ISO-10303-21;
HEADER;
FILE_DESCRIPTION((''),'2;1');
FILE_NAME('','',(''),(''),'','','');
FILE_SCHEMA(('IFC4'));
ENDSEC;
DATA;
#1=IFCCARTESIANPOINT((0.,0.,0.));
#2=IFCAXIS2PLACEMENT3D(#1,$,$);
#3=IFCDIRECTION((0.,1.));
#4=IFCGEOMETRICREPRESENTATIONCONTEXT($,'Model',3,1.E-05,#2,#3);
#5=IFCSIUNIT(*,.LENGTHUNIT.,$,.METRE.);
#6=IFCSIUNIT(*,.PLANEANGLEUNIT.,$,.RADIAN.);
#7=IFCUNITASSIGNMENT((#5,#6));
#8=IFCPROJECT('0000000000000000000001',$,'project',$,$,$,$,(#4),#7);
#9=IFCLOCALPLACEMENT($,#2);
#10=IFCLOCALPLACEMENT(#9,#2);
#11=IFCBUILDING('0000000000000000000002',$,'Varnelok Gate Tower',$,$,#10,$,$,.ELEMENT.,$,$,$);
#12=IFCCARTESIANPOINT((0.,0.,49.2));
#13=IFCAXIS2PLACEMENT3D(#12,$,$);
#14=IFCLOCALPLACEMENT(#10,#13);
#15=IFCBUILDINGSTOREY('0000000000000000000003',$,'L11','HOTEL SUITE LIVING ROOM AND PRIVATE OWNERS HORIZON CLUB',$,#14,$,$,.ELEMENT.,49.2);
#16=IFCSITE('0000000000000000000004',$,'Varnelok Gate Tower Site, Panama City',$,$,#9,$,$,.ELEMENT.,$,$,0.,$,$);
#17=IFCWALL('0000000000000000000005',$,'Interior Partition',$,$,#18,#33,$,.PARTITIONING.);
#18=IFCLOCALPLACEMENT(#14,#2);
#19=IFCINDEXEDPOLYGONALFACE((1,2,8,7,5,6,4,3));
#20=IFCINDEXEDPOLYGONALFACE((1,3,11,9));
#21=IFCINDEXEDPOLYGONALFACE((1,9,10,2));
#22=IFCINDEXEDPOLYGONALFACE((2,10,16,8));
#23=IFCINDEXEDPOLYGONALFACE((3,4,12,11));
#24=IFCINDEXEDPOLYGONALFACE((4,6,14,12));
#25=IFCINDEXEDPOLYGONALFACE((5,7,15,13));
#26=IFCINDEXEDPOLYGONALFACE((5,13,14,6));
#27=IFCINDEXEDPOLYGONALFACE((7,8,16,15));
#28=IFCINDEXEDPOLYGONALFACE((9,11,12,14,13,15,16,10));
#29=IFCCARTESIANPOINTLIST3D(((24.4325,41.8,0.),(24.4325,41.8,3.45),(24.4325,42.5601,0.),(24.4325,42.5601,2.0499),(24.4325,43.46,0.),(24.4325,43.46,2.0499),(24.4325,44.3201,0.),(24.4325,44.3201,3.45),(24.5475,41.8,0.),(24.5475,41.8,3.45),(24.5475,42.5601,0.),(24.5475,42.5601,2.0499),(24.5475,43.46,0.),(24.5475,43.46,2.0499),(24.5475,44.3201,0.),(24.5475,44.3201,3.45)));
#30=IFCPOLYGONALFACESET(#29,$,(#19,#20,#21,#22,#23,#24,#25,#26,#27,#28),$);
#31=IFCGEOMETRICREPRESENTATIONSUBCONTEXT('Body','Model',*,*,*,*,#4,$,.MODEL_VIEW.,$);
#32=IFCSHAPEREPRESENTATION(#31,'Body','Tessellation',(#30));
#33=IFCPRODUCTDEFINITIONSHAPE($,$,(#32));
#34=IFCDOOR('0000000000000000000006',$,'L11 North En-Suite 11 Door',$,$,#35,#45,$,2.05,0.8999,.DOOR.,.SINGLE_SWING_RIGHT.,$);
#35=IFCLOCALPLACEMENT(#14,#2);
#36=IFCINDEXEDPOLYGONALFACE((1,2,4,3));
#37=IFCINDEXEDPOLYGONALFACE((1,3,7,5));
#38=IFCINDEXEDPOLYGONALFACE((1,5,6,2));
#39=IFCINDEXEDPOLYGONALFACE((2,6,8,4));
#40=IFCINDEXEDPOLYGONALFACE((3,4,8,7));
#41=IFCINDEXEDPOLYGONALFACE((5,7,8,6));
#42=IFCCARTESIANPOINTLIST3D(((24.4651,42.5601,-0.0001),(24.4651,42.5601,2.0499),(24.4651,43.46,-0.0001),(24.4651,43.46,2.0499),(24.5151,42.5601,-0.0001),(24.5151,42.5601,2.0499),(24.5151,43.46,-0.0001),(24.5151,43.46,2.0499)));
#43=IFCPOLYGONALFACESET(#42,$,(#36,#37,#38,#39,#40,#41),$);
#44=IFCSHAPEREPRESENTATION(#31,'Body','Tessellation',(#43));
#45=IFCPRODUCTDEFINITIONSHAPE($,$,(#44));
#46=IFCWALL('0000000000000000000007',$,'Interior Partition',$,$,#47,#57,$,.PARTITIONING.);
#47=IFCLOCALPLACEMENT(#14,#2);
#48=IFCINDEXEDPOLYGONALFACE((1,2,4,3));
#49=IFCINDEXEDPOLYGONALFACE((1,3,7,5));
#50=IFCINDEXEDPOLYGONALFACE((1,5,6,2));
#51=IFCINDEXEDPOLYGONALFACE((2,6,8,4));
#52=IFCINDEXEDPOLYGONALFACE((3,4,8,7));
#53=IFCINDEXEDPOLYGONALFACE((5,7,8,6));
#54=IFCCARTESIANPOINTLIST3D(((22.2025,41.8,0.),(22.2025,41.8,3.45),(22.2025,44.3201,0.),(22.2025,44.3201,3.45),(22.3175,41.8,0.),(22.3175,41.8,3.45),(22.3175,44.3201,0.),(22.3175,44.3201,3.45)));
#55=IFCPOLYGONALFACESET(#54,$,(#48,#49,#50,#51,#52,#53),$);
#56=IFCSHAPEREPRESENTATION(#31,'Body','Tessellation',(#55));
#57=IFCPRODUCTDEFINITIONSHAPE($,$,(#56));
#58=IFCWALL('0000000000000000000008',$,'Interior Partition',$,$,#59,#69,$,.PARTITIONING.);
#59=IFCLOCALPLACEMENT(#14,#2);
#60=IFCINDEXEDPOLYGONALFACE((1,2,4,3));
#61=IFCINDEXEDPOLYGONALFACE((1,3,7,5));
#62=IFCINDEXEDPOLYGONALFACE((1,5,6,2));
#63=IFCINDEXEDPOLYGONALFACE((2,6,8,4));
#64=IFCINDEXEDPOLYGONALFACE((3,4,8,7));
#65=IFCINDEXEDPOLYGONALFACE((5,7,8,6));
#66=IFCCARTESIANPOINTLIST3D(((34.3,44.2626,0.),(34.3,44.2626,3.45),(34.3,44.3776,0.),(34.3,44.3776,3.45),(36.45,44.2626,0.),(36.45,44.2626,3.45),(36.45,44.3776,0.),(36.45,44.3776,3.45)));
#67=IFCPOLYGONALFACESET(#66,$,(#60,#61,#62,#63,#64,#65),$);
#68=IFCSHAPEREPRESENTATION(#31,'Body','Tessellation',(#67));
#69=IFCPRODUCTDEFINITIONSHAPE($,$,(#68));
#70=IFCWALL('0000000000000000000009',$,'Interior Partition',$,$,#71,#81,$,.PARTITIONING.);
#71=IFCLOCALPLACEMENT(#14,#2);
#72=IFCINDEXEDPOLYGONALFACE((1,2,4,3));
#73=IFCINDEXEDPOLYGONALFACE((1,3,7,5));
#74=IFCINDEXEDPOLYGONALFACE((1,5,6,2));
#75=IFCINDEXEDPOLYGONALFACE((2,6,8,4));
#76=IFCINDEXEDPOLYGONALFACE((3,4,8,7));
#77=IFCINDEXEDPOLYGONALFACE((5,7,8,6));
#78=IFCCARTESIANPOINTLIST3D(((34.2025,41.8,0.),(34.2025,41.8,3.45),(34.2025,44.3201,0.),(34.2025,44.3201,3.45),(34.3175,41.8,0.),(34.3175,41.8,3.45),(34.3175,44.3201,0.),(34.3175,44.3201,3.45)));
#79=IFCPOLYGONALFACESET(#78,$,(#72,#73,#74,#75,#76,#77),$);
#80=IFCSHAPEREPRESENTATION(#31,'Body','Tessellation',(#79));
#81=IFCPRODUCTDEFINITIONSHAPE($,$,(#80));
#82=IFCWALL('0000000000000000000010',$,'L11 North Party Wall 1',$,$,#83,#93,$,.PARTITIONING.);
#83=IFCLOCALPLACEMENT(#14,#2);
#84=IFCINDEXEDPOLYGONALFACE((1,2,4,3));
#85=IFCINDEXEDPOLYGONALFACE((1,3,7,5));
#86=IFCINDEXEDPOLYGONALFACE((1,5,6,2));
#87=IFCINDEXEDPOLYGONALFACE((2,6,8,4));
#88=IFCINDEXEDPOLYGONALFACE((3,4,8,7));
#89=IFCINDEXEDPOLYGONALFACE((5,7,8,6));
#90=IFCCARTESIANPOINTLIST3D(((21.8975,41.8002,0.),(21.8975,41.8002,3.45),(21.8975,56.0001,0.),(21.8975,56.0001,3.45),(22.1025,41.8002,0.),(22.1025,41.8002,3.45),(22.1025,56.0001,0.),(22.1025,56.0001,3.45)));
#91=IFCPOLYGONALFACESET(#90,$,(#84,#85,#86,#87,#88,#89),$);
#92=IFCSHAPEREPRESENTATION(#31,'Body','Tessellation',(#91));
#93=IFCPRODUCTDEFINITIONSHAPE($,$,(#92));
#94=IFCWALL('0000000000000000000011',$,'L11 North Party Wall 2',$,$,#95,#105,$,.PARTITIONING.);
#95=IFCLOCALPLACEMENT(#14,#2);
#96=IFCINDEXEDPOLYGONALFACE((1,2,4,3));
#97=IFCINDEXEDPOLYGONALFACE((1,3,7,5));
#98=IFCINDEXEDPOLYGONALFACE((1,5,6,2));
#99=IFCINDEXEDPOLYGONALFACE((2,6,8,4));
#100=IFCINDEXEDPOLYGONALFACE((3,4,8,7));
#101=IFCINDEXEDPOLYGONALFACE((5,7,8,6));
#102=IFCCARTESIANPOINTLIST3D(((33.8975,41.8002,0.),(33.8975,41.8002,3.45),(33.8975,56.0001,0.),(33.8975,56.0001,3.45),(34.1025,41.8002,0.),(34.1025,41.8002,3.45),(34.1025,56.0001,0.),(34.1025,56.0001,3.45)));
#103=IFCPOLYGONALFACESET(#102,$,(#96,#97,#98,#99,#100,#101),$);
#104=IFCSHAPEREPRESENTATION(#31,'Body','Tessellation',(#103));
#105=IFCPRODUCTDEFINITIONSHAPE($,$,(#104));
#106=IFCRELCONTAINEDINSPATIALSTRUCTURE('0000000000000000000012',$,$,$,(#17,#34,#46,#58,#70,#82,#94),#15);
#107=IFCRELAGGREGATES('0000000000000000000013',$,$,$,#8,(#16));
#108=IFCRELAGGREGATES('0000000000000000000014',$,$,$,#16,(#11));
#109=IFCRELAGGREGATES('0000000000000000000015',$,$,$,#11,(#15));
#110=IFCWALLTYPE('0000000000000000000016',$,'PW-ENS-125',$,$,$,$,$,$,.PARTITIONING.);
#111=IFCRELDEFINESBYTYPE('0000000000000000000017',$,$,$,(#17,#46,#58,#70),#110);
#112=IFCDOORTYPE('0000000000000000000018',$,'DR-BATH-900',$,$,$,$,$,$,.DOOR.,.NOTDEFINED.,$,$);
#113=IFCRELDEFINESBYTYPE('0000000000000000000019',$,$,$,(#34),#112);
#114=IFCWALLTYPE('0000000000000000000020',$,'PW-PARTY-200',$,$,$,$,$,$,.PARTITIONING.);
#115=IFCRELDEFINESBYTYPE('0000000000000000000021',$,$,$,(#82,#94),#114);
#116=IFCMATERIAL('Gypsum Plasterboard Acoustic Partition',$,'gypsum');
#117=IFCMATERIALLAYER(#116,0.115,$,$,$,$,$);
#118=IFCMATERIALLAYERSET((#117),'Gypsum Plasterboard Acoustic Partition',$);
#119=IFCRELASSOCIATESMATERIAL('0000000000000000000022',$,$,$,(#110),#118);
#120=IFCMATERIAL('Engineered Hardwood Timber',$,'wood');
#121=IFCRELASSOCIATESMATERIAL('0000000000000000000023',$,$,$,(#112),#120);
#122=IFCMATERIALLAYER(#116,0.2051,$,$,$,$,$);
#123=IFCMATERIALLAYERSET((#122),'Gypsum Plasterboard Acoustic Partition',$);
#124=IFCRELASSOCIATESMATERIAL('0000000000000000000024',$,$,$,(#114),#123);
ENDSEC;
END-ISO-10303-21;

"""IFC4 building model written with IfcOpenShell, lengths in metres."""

from ifc_helpers import new_model, si_unit, direction, frame, frame_2d, origin, place, context, subcontext, project, spatial, rectangle, extrude, material, layer, layer_set, type_object, element, fill, save


model = new_model("IFC4")

# Units and contexts
model_context = context("Model", 3, precision=1e-05, world=origin(), true_north=direction((0.0, 1.0)))
body_context = subcontext(model_context, "Body", "Model", "MODEL_VIEW")
ifc_project = project(units=[si_unit("LENGTHUNIT", "METRE"), si_unit("PLANEANGLEUNIT", "RADIAN")], contexts=[model_context])

# Site, building, storey
site_placement = place(None, origin())
site = spatial("IfcSite", under=ifc_project, at=site_placement, Name="Varnelok Gate Tower Site, Panama City", CompositionType="ELEMENT", RefElevation=0.0)
building_placement = place(site_placement, origin())
building = spatial("IfcBuilding", under=site, at=building_placement, Name="Varnelok Gate Tower", CompositionType="ELEMENT")
storey_placement = place(building_placement, frame((0.0, 0.0, 49.2)))
storey = spatial("IfcBuildingStorey", under=building, at=storey_placement, Name="L11", Description="HOTEL SUITE LIVING ROOM AND PRIVATE OWNERS HORIZON CLUB", CompositionType="ELEMENT", Elevation=49.2)

# Shared definitions
ifc_material_1 = material(Name="Gypsum Plasterboard Acoustic Partition", Category="gypsum")
ifc_material_2 = material(Name="Engineered Hardwood Timber", Category="wood")

# Shared definitions
ifc_layer_1 = layer(ifc_material_1, 0.115)
ifc_layer_set_1 = layer_set([ifc_layer_1], Name="Gypsum Plasterboard Acoustic Partition")
wall_type_1 = type_object("IfcWallType", Name="PW-ENS-125", PredefinedType="PARTITIONING", material=ifc_layer_set_1)

# Shared definitions
door_type_1 = type_object("IfcDoorType", Name="DR-BATH-900", OperationType="NOTDEFINED", PredefinedType="DOOR", material=ifc_material_2)

# Wall, opening, door
wall_1_placement = place(storey_placement, frame((24.49, 41.8, 0.0), z_axis=(0.0, 0.0, 1.0), x_axis=(0.0, 1.0, 0.0)))
wall_1 = element("IfcWall", 1, at=wall_1_placement, inside=storey, type_object=wall_type_1, Name="Interior Partition", PredefinedType="PARTITIONING", context=body_context, shape_type="SweptSolid", body=[
    extrude(rectangle(XDim=2.52, YDim=0.115, at=frame_2d((1.26, 0.0))), origin(), (0.0, 0.0, 1.0), 3.45),
])
opening_1_placement = place(wall_1_placement, frame((0.76, 0.0, 0.0)))
opening_1 = element("IfcOpeningElement", 2, at=opening_1_placement, cuts=wall_1, PredefinedType="OPENING", context=body_context, shape_type="SweptSolid", body=[
    extrude(rectangle(XDim=0.8999, YDim=2.05, at=frame_2d((0.45, 1.0249))), frame((0.0, 0.0674, 0.0), z_axis=(0.0, -1.0, 0.0), x_axis=(1.0, 0.0, 0.0)), (0.0, 0.0, 1.0), 0.135),
])
door_1_placement = place(opening_1_placement, origin())
door_1 = element("IfcDoor", 3, at=door_1_placement, inside=storey, type_object=door_type_1, Name="L11 North En-Suite 11 Door", OperationType="SINGLE_SWING_RIGHT", OverallHeight=2.05, OverallWidth=0.8999, PredefinedType="DOOR", context=body_context, shape_type="SweptSolid", body=[
    extrude(rectangle(XDim=0.8999, YDim=2.05, at=frame_2d((0.45, 1.0249))), frame((0.0, 0.0249, 0.0), z_axis=(0.0, -1.0, 0.0), x_axis=(1.0, 0.0, 0.0)), (0.0, 0.0, 1.0), 0.05),
])
fill(opening_1, door_1)

# Walls
wall_2_placement = place(storey_placement, frame((22.26, 41.8, 0.0), z_axis=(0.0, 0.0, 1.0), x_axis=(0.0, 1.0, 0.0)))
element("IfcWall", 4, at=wall_2_placement, inside=storey, type_object=wall_type_1, Name="Interior Partition", PredefinedType="PARTITIONING", context=body_context, shape_type="SweptSolid", body=[
    extrude(rectangle(XDim=2.52, YDim=0.115, at=frame_2d((1.26, 0.0))), origin(), (0.0, 0.0, 1.0), 3.45),
])
wall_3_placement = place(storey_placement, frame((34.3, 44.3201, 0.0), z_axis=(0.0, 0.0, 1.0), x_axis=(1.0, 0.0, 0.0)))
element("IfcWall", 5, at=wall_3_placement, inside=storey, type_object=wall_type_1, Name="Interior Partition", PredefinedType="PARTITIONING", context=body_context, shape_type="SweptSolid", body=[
    extrude(rectangle(XDim=2.1499, YDim=0.115, at=frame_2d((1.075, 0.0))), origin(), (0.0, 0.0, 1.0), 3.45),
])
wall_4_placement = place(storey_placement, frame((34.26, 41.8, 0.0), z_axis=(0.0, 0.0, 1.0), x_axis=(0.0, 1.0, 0.0)))
element("IfcWall", 6, at=wall_4_placement, inside=storey, type_object=wall_type_1, Name="Interior Partition", PredefinedType="PARTITIONING", context=body_context, shape_type="SweptSolid", body=[
    extrude(rectangle(XDim=2.52, YDim=0.115, at=frame_2d((1.26, 0.0))), origin(), (0.0, 0.0, 1.0), 3.45),
])
ifc_layer_2 = layer(ifc_material_1, 0.2051)
ifc_layer_set_2 = layer_set([ifc_layer_2], Name="Gypsum Plasterboard Acoustic Partition")
wall_type_2 = type_object("IfcWallType", Name="PW-PARTY-200", PredefinedType="PARTITIONING", material=ifc_layer_set_2)
for number, where, z_axis, x_axis, name in (
    (7, (22.0, 41.8, 0.0), (0.0, 0.0, 1.0), (0.0, 1.0, 0.0), "L11 North Party Wall 1"),
    (8, (34.0, 41.8, 0.0), (0.0, 0.0, 1.0), (0.0, 1.0, 0.0), "L11 North Party Wall 2"),
):
    element("IfcWall", number, at=place(storey_placement, frame(where, z_axis=z_axis, x_axis=x_axis)), inside=storey, type_object=wall_type_2, Name=name, PredefinedType="PARTITIONING", context=body_context, shape_type="SweptSolid", body=[
        extrude(rectangle(XDim=14.2, YDim=0.2051, at=frame_2d((7.1001, 0.0))), origin(), (0.0, 0.0, 1.0), 3.45),
    ])

save(model, "model.ifc")
